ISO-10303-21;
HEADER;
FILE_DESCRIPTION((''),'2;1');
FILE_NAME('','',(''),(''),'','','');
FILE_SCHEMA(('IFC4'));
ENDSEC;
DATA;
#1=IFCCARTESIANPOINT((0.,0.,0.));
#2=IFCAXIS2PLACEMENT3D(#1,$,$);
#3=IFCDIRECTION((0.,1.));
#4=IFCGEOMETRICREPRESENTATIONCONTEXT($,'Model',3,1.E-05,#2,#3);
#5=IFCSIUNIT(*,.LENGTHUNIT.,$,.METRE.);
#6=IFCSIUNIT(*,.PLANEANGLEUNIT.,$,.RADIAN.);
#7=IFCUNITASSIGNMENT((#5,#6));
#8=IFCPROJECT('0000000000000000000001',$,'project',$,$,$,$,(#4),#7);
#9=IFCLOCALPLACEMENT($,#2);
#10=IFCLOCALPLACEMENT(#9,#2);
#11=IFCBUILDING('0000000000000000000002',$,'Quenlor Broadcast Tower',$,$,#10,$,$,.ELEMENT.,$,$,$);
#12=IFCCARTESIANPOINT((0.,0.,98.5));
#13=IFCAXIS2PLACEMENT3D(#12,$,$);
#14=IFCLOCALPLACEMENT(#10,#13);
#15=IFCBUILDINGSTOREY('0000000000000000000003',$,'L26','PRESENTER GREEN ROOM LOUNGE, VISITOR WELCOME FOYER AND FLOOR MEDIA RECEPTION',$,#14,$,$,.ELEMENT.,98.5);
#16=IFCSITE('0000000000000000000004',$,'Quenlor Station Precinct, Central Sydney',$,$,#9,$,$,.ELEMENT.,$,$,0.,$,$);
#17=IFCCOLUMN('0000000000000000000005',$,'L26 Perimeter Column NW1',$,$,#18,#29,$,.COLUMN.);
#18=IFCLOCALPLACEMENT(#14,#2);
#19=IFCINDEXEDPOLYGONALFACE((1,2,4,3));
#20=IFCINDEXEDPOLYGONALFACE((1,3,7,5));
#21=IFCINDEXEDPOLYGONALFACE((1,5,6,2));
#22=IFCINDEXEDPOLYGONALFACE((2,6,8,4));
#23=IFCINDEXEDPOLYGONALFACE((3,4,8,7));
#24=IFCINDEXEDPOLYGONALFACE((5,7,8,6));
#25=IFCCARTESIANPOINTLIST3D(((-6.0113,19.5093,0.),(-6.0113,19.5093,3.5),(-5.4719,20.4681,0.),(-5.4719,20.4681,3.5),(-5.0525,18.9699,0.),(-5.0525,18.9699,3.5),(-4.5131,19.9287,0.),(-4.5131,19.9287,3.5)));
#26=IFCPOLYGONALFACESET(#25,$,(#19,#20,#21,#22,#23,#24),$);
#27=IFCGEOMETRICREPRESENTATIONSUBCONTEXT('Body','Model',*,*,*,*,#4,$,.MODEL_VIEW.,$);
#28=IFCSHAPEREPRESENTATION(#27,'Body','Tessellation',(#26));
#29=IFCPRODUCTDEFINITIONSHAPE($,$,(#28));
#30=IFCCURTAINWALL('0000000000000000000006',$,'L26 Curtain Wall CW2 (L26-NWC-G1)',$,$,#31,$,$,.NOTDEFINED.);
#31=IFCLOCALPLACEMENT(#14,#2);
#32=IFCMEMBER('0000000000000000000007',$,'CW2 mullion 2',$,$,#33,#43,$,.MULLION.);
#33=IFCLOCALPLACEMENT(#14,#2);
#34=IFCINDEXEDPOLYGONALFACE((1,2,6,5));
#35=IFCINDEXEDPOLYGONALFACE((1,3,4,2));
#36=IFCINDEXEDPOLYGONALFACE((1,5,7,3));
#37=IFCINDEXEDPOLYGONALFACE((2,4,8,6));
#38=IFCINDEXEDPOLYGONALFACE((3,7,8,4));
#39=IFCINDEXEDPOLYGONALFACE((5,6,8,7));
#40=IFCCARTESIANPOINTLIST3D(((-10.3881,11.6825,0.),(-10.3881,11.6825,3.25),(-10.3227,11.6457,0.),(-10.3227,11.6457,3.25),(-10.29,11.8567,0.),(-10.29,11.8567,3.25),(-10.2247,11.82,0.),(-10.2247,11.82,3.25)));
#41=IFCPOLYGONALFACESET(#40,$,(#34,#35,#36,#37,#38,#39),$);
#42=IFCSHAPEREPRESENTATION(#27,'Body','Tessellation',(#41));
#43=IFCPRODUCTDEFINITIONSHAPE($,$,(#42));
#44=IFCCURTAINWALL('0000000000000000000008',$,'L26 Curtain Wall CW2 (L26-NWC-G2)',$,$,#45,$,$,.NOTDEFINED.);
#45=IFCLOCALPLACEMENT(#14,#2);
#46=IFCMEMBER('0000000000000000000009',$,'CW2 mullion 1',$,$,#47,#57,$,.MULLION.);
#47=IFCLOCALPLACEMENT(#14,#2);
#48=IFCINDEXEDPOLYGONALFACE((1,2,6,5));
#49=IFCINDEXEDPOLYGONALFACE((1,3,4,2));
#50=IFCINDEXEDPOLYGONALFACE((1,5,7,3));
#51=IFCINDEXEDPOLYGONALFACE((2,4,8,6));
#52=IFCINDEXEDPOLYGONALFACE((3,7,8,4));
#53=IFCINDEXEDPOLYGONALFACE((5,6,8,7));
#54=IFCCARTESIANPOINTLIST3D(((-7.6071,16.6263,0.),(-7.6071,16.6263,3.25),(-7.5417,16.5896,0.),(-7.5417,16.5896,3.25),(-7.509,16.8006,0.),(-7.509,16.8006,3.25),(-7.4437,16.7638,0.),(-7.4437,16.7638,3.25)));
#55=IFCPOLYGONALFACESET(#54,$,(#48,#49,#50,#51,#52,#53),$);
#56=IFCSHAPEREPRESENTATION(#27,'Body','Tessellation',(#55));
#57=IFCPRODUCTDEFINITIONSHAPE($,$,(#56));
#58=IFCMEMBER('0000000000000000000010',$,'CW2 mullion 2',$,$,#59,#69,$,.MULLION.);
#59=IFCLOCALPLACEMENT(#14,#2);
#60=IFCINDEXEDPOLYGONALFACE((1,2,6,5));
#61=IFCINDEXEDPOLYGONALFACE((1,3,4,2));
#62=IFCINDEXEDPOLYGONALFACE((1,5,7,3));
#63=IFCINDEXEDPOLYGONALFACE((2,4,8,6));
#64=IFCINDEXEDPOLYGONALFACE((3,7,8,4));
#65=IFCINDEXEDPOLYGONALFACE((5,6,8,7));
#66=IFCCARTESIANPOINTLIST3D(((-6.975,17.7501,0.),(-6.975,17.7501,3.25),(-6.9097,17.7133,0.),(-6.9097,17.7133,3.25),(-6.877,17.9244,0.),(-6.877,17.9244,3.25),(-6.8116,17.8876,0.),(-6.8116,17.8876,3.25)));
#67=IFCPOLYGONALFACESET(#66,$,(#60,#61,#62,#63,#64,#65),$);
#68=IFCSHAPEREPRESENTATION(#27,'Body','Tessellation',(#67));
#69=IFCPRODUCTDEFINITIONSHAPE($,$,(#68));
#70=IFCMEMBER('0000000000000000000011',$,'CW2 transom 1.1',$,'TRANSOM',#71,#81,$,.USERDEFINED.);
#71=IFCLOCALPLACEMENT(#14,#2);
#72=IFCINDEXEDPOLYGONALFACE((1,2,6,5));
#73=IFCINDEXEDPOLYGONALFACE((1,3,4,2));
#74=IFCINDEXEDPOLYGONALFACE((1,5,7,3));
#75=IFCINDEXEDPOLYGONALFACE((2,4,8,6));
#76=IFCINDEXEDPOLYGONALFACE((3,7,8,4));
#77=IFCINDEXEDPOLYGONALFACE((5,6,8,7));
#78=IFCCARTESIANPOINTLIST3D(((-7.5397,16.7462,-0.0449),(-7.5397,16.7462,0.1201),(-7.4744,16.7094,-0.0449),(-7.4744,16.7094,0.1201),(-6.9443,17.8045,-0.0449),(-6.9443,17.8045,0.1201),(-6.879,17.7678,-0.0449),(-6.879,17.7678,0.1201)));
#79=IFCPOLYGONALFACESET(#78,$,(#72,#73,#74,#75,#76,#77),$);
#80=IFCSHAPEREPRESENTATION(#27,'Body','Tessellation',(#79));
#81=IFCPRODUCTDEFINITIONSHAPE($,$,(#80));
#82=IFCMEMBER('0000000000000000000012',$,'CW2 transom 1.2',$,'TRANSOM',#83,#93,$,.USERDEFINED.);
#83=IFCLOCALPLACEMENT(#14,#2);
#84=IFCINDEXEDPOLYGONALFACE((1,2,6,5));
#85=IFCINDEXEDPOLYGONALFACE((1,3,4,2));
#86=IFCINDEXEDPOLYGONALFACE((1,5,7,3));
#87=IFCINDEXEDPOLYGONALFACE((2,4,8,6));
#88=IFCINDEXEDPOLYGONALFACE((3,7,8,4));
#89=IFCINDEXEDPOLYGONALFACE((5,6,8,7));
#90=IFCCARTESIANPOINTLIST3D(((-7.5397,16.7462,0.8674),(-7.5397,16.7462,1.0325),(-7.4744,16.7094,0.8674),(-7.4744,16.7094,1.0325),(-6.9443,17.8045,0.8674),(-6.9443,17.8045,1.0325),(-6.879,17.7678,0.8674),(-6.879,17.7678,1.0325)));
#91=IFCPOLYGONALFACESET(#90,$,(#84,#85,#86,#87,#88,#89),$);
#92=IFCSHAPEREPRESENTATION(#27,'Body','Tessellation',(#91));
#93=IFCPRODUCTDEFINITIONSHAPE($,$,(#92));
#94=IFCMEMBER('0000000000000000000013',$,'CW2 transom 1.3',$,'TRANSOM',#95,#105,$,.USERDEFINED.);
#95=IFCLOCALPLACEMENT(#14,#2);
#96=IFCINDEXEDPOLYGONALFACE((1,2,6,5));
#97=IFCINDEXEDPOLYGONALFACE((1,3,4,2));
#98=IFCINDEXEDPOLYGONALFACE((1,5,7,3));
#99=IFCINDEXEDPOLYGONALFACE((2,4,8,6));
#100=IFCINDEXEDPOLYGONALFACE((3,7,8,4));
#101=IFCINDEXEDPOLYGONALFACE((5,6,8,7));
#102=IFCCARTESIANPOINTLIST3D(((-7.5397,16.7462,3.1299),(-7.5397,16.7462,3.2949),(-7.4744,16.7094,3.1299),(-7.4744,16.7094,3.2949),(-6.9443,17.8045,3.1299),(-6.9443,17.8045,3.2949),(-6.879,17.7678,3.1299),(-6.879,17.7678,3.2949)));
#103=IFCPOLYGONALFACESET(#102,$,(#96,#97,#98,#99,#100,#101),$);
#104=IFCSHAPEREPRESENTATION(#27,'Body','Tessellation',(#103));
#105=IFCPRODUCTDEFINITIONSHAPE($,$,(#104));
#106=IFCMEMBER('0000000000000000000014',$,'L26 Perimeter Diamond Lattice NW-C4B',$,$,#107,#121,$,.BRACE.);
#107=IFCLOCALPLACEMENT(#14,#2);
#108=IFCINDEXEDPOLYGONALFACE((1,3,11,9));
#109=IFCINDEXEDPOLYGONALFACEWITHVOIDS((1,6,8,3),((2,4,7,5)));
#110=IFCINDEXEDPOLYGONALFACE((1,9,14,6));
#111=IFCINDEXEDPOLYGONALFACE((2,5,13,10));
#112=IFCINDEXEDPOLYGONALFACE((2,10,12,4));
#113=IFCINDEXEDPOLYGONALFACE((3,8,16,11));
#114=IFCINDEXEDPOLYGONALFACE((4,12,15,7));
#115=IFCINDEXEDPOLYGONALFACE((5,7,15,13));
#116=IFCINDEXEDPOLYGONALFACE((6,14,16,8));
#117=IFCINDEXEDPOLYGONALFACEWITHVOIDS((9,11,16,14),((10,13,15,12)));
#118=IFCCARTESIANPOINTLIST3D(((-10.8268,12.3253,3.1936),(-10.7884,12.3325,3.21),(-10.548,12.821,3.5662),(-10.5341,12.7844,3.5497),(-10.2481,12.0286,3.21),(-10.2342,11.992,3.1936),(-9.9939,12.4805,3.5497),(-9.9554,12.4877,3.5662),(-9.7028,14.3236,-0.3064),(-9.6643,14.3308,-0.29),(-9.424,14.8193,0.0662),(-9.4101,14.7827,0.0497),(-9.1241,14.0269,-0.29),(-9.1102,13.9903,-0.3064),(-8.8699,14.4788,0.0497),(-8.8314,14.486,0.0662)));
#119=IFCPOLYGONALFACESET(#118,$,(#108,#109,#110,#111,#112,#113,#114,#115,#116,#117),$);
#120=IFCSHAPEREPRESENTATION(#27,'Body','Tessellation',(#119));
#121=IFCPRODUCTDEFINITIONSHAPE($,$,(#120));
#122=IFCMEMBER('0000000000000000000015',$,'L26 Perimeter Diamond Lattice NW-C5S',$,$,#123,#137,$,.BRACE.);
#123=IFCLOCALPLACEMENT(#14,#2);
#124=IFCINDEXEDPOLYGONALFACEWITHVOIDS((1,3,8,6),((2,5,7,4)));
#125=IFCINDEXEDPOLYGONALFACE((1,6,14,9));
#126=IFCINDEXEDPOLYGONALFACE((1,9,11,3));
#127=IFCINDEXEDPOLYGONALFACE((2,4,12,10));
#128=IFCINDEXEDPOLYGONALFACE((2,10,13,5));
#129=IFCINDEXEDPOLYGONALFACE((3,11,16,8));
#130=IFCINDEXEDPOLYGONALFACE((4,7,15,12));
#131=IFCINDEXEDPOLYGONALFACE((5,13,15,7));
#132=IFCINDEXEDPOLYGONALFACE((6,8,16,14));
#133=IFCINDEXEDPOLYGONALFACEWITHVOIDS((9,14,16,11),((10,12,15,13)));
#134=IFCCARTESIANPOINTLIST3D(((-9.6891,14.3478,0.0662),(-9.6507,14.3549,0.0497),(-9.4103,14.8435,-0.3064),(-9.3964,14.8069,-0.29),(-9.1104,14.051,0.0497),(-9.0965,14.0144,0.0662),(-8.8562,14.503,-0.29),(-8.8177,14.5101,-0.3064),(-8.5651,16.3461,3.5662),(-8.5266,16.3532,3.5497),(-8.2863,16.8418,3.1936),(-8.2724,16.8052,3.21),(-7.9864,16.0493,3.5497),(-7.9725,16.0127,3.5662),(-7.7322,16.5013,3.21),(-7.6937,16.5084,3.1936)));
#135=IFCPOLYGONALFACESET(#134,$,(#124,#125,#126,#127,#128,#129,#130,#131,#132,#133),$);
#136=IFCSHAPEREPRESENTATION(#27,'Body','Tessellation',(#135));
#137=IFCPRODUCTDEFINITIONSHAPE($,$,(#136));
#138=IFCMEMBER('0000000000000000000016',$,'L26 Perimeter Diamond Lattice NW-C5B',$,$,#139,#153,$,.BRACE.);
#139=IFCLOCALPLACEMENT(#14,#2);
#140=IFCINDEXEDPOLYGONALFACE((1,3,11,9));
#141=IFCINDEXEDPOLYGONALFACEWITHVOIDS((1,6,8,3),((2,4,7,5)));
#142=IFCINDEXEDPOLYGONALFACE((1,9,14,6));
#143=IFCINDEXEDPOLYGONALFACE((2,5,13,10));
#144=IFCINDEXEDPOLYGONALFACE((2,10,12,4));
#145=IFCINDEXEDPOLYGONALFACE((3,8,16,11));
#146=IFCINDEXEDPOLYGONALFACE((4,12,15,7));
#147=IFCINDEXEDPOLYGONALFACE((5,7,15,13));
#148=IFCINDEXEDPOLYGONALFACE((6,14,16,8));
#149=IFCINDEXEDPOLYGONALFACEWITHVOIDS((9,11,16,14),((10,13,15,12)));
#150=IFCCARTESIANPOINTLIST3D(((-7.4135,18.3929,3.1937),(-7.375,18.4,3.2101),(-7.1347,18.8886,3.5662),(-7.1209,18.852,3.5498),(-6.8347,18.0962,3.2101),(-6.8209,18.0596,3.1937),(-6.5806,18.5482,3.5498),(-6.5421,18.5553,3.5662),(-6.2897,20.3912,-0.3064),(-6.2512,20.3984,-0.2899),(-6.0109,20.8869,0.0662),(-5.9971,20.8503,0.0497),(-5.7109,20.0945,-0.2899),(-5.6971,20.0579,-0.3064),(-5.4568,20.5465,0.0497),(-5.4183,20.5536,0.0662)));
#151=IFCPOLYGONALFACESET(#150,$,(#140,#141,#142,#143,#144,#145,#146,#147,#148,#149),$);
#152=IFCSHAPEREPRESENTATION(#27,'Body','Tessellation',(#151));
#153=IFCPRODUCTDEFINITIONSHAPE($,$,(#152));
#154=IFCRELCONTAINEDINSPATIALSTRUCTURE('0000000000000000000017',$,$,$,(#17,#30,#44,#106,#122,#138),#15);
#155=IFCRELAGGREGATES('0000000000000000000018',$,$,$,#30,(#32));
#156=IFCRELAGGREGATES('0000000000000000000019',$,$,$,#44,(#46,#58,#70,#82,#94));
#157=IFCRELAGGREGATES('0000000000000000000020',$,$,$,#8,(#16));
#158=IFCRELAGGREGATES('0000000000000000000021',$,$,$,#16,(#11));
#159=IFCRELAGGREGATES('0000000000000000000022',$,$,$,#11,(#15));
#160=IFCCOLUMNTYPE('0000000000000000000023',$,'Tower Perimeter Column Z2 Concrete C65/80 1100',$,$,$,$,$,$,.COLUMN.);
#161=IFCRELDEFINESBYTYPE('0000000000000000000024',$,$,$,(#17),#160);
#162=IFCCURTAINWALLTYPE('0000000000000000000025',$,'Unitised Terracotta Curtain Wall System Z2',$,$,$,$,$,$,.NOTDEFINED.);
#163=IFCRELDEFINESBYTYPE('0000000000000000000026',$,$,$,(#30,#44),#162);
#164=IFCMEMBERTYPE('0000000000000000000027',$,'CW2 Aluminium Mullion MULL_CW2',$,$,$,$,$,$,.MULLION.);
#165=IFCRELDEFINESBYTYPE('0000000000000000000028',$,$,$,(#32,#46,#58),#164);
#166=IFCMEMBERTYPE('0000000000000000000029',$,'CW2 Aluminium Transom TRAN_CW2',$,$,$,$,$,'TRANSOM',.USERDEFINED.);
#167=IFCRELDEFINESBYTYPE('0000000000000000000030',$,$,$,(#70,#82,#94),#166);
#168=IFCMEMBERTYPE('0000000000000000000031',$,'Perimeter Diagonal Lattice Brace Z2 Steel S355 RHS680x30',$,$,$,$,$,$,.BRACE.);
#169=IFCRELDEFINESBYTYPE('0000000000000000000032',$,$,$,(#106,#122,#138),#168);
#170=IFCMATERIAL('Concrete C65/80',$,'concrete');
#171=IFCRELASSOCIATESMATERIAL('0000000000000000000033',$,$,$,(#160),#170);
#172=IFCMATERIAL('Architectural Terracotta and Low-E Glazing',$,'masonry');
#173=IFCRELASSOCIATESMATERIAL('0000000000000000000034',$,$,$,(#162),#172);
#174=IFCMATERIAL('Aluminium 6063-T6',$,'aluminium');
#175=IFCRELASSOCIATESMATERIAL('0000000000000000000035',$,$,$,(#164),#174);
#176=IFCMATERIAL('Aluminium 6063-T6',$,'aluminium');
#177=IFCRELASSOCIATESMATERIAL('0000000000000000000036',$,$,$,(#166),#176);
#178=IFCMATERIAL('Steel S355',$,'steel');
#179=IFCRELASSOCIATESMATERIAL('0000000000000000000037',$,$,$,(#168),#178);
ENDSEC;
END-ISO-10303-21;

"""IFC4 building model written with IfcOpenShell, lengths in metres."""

from ifc_helpers import new_model, si_unit, direction, frame, origin, origin_2d, place, context, subcontext, project, spatial, rectangle, hollow_rectangle, extrude, material, material_profile, profile_set, type_object, element, aggregate, save


model = new_model("IFC4")

# Units and contexts
model_context = context("Model", 3, precision=1e-05, world=origin(), true_north=direction((0.0, 1.0)))
body_context = subcontext(model_context, "Body", "Model", "MODEL_VIEW")
ifc_project = project(units=[si_unit("LENGTHUNIT", "METRE"), si_unit("PLANEANGLEUNIT", "RADIAN")], contexts=[model_context])

# Site, building, storey
site_placement = place(None, origin())
site = spatial("IfcSite", under=ifc_project, at=site_placement, Name="Quenlor Station Precinct, Central Sydney", CompositionType="ELEMENT", RefElevation=0.0)
building_placement = place(site_placement, origin())
building = spatial("IfcBuilding", under=site, at=building_placement, Name="Quenlor Broadcast Tower", CompositionType="ELEMENT")
storey_placement = place(building_placement, frame((0.0, 0.0, 98.5)))
storey = spatial("IfcBuildingStorey", under=building, at=storey_placement, Name="L26", Description="PRESENTER GREEN ROOM LOUNGE, VISITOR WELCOME FOYER AND FLOOR MEDIA RECEPTION", CompositionType="ELEMENT", Elevation=98.5)

# Column
ifc_material_1 = material(Name="Concrete C65/80", Category="concrete")
ifc_material_profile_1 = material_profile(ifc_material_1, rectangle(XDim=1.1001, YDim=1.1001, at=origin_2d()))
ifc_profile_set_1 = profile_set([ifc_material_profile_1], Name="Concrete C65/80 RC1100x1100")
column_type = type_object("IfcColumnType", Name="Tower Perimeter Column Z2 Concrete C65/80 1100", PredefinedType="COLUMN", material=ifc_profile_set_1)
column_placement = place(storey_placement, frame((-5.2622, 19.719, 0.0), z_axis=(0.0, 0.0, 1.0), x_axis=(-0.871575, 0.490262, 0.0)))
element("IfcColumn", 1, at=column_placement, inside=storey, type_object=column_type, Name="L26 Perimeter Column NW1", PredefinedType="COLUMN", context=body_context, shape_type="SweptSolid", body=[
    extrude(rectangle(XDim=1.1001, YDim=1.1001, at=origin_2d()), origin(), (0.0, 0.0, 1.0), 3.5),
])

# Curtain wall, member
ifc_material_2 = material(Name="Architectural Terracotta and Low-E Glazing", Category="masonry")
curtain_wall_type = type_object("IfcCurtainWallType", Name="Unitised Terracotta Curtain Wall System Z2", PredefinedType="NOTDEFINED", material=ifc_material_2)
curtain_wall_1_placement = place(storey_placement, origin())
curtain_wall_1 = element("IfcCurtainWall", 2, at=curtain_wall_1_placement, inside=storey, type_object=curtain_wall_type, Name="L26 Curtain Wall CW2 (L26-NWC-G1)", PredefinedType="NOTDEFINED")
ifc_material_3 = material(Name="Aluminium 6063-T6", Category="aluminium")
ifc_material_profile_2 = material_profile(ifc_material_3, rectangle(XDim=0.075, YDim=0.2, at=origin_2d()))
ifc_profile_set_2 = profile_set([ifc_material_profile_2], Name="Aluminium 6063-T6 MULL75x200")
member_type_1 = type_object("IfcMemberType", Name="CW2 Aluminium Mullion MULL_CW2", PredefinedType="MULLION", material=ifc_profile_set_2)
member_1_placement = place(storey_placement, frame((-10.3064, 11.7512, 0.0), z_axis=(0.0, 0.0, 1.0), x_axis=(-0.871581, 0.490252, 0.0)))
member_1 = element("IfcMember", 3, at=member_1_placement, type_object=member_type_1, Name="CW2 mullion 2", PredefinedType="MULLION", context=body_context, shape_type="SweptSolid", body=[
    extrude(rectangle(XDim=0.075, YDim=0.2, at=origin_2d()), origin(), (0.0, 0.0, 1.0), 3.25),
])

# Curtain wall, members
curtain_wall_2_placement = place(storey_placement, origin())
curtain_wall_2 = element("IfcCurtainWall", 4, at=curtain_wall_2_placement, inside=storey, type_object=curtain_wall_type, Name="L26 Curtain Wall CW2 (L26-NWC-G2)", PredefinedType="NOTDEFINED")
member_2_placement = place(storey_placement, frame((-7.5254, 16.6951, 0.0), z_axis=(0.0, 0.0, 1.0), x_axis=(-0.871583, 0.490247, 0.0)))
member_2 = element("IfcMember", 5, at=member_2_placement, type_object=member_type_1, Name="CW2 mullion 1", PredefinedType="MULLION", context=body_context, shape_type="SweptSolid", body=[
    extrude(rectangle(XDim=0.075, YDim=0.2, at=origin_2d()), origin(), (0.0, 0.0, 1.0), 3.25),
])
member_3_placement = place(storey_placement, frame((-6.8933, 17.8188, 0.0), z_axis=(0.0, 0.0, 1.0), x_axis=(-0.871583, 0.490247, 0.0)))
member_3 = element("IfcMember", 6, at=member_3_placement, type_object=member_type_1, Name="CW2 mullion 2", PredefinedType="MULLION", context=body_context, shape_type="SweptSolid", body=[
    extrude(rectangle(XDim=0.075, YDim=0.2, at=origin_2d()), origin(), (0.0, 0.0, 1.0), 3.25),
])
ifc_material_4 = material(Name="Aluminium 6063-T6", Category="aluminium")
ifc_material_profile_3 = material_profile(ifc_material_4, rectangle(XDim=0.075, YDim=0.165, at=origin_2d()))
ifc_profile_set_3 = profile_set([ifc_material_profile_3], Name="Aluminium 6063-T6 TRAN75x165")
member_type_2 = type_object("IfcMemberType", Name="CW2 Aluminium Transom TRAN_CW2", ElementType="TRANSOM", PredefinedType="USERDEFINED", material=ifc_profile_set_3)
member_4_placement = place(storey_placement, frame((-7.5071, 16.7278, 0.0376), z_axis=(0.490347, 0.871527, 0.0), x_axis=(-0.871527, 0.490347, 0.0)))
member_4 = element("IfcMember", 7, at=member_4_placement, type_object=member_type_2, Name="CW2 transom 1.1", ObjectType="TRANSOM", PredefinedType="USERDEFINED", context=body_context, shape_type="SweptSolid", body=[
    extrude(rectangle(XDim=0.075, YDim=0.165, at=origin_2d()), origin(), (0.0, 0.0, 1.0), 1.2144),
])
member_5_placement = place(storey_placement, frame((-7.5071, 16.7278, 0.95), z_axis=(0.490347, 0.871527, 0.0), x_axis=(-0.871527, 0.490347, 0.0)))
member_5 = element("IfcMember", 8, at=member_5_placement, type_object=member_type_2, Name="CW2 transom 1.2", ObjectType="TRANSOM", PredefinedType="USERDEFINED", context=body_context, shape_type="SweptSolid", body=[
    extrude(rectangle(XDim=0.075, YDim=0.165, at=origin_2d()), origin(), (0.0, 0.0, 1.0), 1.2144),
])
member_6_placement = place(storey_placement, frame((-7.5071, 16.7278, 3.2124), z_axis=(0.490347, 0.871527, 0.0), x_axis=(-0.871527, 0.490347, 0.0)))
member_6 = element("IfcMember", 9, at=member_6_placement, type_object=member_type_2, Name="CW2 transom 1.3", ObjectType="TRANSOM", PredefinedType="USERDEFINED", context=body_context, shape_type="SweptSolid", body=[
    extrude(rectangle(XDim=0.075, YDim=0.165, at=origin_2d()), origin(), (0.0, 0.0, 1.0), 1.2144),
])

# Members
ifc_material_5 = material(Name="Steel S355", Category="steel")
ifc_material_profile_4 = material_profile(ifc_material_5, hollow_rectangle(XDim=0.6799, YDim=0.6799, WallThickness=0.03, at=origin_2d()))
ifc_profile_set_4 = profile_set([ifc_material_profile_4], Name="Steel S355 RHS680x680x30")
member_type_3 = type_object("IfcMemberType", Name="Perimeter Diagonal Lattice Brace Z2 Steel S355 RHS680x30", PredefinedType="BRACE", material=ifc_profile_set_4)
for number, where, z_axis, x_axis, name in (
    (10, (-9.2671, 14.4048, -0.1201), (-0.268642, -0.477593, 0.836502), (0.871578, -0.490256, 0.0), "L26 Perimeter Diamond Lattice NW-C4B"),
    (11, (-9.2534, 14.429, -0.1201), (0.268642, 0.477593, 0.836502), (-0.871578, 0.490256, 0.0), "L26 Perimeter Diamond Lattice NW-C5S"),
    (12, (-5.854, 20.4724, -0.1201), (-0.268588, -0.4776, 0.836516), (0.871624, -0.490175, 0.0), "L26 Perimeter Diamond Lattice NW-C5B"),
):
    element("IfcMember", number, at=place(storey_placement, frame(where, z_axis=z_axis, x_axis=x_axis)), inside=storey, type_object=member_type_3, Name=name, PredefinedType="BRACE", context=body_context, shape_type="SweptSolid", body=[
        extrude(hollow_rectangle(XDim=0.6799, YDim=0.6799, WallThickness=0.03, at=origin_2d()), origin(), (0.0, 0.0, 1.0), 4.1841),
    ])

aggregate(curtain_wall_1, [member_1])
aggregate(curtain_wall_2, [member_2, member_3, member_4, member_5, member_6])

save(model, "model.ifc")
